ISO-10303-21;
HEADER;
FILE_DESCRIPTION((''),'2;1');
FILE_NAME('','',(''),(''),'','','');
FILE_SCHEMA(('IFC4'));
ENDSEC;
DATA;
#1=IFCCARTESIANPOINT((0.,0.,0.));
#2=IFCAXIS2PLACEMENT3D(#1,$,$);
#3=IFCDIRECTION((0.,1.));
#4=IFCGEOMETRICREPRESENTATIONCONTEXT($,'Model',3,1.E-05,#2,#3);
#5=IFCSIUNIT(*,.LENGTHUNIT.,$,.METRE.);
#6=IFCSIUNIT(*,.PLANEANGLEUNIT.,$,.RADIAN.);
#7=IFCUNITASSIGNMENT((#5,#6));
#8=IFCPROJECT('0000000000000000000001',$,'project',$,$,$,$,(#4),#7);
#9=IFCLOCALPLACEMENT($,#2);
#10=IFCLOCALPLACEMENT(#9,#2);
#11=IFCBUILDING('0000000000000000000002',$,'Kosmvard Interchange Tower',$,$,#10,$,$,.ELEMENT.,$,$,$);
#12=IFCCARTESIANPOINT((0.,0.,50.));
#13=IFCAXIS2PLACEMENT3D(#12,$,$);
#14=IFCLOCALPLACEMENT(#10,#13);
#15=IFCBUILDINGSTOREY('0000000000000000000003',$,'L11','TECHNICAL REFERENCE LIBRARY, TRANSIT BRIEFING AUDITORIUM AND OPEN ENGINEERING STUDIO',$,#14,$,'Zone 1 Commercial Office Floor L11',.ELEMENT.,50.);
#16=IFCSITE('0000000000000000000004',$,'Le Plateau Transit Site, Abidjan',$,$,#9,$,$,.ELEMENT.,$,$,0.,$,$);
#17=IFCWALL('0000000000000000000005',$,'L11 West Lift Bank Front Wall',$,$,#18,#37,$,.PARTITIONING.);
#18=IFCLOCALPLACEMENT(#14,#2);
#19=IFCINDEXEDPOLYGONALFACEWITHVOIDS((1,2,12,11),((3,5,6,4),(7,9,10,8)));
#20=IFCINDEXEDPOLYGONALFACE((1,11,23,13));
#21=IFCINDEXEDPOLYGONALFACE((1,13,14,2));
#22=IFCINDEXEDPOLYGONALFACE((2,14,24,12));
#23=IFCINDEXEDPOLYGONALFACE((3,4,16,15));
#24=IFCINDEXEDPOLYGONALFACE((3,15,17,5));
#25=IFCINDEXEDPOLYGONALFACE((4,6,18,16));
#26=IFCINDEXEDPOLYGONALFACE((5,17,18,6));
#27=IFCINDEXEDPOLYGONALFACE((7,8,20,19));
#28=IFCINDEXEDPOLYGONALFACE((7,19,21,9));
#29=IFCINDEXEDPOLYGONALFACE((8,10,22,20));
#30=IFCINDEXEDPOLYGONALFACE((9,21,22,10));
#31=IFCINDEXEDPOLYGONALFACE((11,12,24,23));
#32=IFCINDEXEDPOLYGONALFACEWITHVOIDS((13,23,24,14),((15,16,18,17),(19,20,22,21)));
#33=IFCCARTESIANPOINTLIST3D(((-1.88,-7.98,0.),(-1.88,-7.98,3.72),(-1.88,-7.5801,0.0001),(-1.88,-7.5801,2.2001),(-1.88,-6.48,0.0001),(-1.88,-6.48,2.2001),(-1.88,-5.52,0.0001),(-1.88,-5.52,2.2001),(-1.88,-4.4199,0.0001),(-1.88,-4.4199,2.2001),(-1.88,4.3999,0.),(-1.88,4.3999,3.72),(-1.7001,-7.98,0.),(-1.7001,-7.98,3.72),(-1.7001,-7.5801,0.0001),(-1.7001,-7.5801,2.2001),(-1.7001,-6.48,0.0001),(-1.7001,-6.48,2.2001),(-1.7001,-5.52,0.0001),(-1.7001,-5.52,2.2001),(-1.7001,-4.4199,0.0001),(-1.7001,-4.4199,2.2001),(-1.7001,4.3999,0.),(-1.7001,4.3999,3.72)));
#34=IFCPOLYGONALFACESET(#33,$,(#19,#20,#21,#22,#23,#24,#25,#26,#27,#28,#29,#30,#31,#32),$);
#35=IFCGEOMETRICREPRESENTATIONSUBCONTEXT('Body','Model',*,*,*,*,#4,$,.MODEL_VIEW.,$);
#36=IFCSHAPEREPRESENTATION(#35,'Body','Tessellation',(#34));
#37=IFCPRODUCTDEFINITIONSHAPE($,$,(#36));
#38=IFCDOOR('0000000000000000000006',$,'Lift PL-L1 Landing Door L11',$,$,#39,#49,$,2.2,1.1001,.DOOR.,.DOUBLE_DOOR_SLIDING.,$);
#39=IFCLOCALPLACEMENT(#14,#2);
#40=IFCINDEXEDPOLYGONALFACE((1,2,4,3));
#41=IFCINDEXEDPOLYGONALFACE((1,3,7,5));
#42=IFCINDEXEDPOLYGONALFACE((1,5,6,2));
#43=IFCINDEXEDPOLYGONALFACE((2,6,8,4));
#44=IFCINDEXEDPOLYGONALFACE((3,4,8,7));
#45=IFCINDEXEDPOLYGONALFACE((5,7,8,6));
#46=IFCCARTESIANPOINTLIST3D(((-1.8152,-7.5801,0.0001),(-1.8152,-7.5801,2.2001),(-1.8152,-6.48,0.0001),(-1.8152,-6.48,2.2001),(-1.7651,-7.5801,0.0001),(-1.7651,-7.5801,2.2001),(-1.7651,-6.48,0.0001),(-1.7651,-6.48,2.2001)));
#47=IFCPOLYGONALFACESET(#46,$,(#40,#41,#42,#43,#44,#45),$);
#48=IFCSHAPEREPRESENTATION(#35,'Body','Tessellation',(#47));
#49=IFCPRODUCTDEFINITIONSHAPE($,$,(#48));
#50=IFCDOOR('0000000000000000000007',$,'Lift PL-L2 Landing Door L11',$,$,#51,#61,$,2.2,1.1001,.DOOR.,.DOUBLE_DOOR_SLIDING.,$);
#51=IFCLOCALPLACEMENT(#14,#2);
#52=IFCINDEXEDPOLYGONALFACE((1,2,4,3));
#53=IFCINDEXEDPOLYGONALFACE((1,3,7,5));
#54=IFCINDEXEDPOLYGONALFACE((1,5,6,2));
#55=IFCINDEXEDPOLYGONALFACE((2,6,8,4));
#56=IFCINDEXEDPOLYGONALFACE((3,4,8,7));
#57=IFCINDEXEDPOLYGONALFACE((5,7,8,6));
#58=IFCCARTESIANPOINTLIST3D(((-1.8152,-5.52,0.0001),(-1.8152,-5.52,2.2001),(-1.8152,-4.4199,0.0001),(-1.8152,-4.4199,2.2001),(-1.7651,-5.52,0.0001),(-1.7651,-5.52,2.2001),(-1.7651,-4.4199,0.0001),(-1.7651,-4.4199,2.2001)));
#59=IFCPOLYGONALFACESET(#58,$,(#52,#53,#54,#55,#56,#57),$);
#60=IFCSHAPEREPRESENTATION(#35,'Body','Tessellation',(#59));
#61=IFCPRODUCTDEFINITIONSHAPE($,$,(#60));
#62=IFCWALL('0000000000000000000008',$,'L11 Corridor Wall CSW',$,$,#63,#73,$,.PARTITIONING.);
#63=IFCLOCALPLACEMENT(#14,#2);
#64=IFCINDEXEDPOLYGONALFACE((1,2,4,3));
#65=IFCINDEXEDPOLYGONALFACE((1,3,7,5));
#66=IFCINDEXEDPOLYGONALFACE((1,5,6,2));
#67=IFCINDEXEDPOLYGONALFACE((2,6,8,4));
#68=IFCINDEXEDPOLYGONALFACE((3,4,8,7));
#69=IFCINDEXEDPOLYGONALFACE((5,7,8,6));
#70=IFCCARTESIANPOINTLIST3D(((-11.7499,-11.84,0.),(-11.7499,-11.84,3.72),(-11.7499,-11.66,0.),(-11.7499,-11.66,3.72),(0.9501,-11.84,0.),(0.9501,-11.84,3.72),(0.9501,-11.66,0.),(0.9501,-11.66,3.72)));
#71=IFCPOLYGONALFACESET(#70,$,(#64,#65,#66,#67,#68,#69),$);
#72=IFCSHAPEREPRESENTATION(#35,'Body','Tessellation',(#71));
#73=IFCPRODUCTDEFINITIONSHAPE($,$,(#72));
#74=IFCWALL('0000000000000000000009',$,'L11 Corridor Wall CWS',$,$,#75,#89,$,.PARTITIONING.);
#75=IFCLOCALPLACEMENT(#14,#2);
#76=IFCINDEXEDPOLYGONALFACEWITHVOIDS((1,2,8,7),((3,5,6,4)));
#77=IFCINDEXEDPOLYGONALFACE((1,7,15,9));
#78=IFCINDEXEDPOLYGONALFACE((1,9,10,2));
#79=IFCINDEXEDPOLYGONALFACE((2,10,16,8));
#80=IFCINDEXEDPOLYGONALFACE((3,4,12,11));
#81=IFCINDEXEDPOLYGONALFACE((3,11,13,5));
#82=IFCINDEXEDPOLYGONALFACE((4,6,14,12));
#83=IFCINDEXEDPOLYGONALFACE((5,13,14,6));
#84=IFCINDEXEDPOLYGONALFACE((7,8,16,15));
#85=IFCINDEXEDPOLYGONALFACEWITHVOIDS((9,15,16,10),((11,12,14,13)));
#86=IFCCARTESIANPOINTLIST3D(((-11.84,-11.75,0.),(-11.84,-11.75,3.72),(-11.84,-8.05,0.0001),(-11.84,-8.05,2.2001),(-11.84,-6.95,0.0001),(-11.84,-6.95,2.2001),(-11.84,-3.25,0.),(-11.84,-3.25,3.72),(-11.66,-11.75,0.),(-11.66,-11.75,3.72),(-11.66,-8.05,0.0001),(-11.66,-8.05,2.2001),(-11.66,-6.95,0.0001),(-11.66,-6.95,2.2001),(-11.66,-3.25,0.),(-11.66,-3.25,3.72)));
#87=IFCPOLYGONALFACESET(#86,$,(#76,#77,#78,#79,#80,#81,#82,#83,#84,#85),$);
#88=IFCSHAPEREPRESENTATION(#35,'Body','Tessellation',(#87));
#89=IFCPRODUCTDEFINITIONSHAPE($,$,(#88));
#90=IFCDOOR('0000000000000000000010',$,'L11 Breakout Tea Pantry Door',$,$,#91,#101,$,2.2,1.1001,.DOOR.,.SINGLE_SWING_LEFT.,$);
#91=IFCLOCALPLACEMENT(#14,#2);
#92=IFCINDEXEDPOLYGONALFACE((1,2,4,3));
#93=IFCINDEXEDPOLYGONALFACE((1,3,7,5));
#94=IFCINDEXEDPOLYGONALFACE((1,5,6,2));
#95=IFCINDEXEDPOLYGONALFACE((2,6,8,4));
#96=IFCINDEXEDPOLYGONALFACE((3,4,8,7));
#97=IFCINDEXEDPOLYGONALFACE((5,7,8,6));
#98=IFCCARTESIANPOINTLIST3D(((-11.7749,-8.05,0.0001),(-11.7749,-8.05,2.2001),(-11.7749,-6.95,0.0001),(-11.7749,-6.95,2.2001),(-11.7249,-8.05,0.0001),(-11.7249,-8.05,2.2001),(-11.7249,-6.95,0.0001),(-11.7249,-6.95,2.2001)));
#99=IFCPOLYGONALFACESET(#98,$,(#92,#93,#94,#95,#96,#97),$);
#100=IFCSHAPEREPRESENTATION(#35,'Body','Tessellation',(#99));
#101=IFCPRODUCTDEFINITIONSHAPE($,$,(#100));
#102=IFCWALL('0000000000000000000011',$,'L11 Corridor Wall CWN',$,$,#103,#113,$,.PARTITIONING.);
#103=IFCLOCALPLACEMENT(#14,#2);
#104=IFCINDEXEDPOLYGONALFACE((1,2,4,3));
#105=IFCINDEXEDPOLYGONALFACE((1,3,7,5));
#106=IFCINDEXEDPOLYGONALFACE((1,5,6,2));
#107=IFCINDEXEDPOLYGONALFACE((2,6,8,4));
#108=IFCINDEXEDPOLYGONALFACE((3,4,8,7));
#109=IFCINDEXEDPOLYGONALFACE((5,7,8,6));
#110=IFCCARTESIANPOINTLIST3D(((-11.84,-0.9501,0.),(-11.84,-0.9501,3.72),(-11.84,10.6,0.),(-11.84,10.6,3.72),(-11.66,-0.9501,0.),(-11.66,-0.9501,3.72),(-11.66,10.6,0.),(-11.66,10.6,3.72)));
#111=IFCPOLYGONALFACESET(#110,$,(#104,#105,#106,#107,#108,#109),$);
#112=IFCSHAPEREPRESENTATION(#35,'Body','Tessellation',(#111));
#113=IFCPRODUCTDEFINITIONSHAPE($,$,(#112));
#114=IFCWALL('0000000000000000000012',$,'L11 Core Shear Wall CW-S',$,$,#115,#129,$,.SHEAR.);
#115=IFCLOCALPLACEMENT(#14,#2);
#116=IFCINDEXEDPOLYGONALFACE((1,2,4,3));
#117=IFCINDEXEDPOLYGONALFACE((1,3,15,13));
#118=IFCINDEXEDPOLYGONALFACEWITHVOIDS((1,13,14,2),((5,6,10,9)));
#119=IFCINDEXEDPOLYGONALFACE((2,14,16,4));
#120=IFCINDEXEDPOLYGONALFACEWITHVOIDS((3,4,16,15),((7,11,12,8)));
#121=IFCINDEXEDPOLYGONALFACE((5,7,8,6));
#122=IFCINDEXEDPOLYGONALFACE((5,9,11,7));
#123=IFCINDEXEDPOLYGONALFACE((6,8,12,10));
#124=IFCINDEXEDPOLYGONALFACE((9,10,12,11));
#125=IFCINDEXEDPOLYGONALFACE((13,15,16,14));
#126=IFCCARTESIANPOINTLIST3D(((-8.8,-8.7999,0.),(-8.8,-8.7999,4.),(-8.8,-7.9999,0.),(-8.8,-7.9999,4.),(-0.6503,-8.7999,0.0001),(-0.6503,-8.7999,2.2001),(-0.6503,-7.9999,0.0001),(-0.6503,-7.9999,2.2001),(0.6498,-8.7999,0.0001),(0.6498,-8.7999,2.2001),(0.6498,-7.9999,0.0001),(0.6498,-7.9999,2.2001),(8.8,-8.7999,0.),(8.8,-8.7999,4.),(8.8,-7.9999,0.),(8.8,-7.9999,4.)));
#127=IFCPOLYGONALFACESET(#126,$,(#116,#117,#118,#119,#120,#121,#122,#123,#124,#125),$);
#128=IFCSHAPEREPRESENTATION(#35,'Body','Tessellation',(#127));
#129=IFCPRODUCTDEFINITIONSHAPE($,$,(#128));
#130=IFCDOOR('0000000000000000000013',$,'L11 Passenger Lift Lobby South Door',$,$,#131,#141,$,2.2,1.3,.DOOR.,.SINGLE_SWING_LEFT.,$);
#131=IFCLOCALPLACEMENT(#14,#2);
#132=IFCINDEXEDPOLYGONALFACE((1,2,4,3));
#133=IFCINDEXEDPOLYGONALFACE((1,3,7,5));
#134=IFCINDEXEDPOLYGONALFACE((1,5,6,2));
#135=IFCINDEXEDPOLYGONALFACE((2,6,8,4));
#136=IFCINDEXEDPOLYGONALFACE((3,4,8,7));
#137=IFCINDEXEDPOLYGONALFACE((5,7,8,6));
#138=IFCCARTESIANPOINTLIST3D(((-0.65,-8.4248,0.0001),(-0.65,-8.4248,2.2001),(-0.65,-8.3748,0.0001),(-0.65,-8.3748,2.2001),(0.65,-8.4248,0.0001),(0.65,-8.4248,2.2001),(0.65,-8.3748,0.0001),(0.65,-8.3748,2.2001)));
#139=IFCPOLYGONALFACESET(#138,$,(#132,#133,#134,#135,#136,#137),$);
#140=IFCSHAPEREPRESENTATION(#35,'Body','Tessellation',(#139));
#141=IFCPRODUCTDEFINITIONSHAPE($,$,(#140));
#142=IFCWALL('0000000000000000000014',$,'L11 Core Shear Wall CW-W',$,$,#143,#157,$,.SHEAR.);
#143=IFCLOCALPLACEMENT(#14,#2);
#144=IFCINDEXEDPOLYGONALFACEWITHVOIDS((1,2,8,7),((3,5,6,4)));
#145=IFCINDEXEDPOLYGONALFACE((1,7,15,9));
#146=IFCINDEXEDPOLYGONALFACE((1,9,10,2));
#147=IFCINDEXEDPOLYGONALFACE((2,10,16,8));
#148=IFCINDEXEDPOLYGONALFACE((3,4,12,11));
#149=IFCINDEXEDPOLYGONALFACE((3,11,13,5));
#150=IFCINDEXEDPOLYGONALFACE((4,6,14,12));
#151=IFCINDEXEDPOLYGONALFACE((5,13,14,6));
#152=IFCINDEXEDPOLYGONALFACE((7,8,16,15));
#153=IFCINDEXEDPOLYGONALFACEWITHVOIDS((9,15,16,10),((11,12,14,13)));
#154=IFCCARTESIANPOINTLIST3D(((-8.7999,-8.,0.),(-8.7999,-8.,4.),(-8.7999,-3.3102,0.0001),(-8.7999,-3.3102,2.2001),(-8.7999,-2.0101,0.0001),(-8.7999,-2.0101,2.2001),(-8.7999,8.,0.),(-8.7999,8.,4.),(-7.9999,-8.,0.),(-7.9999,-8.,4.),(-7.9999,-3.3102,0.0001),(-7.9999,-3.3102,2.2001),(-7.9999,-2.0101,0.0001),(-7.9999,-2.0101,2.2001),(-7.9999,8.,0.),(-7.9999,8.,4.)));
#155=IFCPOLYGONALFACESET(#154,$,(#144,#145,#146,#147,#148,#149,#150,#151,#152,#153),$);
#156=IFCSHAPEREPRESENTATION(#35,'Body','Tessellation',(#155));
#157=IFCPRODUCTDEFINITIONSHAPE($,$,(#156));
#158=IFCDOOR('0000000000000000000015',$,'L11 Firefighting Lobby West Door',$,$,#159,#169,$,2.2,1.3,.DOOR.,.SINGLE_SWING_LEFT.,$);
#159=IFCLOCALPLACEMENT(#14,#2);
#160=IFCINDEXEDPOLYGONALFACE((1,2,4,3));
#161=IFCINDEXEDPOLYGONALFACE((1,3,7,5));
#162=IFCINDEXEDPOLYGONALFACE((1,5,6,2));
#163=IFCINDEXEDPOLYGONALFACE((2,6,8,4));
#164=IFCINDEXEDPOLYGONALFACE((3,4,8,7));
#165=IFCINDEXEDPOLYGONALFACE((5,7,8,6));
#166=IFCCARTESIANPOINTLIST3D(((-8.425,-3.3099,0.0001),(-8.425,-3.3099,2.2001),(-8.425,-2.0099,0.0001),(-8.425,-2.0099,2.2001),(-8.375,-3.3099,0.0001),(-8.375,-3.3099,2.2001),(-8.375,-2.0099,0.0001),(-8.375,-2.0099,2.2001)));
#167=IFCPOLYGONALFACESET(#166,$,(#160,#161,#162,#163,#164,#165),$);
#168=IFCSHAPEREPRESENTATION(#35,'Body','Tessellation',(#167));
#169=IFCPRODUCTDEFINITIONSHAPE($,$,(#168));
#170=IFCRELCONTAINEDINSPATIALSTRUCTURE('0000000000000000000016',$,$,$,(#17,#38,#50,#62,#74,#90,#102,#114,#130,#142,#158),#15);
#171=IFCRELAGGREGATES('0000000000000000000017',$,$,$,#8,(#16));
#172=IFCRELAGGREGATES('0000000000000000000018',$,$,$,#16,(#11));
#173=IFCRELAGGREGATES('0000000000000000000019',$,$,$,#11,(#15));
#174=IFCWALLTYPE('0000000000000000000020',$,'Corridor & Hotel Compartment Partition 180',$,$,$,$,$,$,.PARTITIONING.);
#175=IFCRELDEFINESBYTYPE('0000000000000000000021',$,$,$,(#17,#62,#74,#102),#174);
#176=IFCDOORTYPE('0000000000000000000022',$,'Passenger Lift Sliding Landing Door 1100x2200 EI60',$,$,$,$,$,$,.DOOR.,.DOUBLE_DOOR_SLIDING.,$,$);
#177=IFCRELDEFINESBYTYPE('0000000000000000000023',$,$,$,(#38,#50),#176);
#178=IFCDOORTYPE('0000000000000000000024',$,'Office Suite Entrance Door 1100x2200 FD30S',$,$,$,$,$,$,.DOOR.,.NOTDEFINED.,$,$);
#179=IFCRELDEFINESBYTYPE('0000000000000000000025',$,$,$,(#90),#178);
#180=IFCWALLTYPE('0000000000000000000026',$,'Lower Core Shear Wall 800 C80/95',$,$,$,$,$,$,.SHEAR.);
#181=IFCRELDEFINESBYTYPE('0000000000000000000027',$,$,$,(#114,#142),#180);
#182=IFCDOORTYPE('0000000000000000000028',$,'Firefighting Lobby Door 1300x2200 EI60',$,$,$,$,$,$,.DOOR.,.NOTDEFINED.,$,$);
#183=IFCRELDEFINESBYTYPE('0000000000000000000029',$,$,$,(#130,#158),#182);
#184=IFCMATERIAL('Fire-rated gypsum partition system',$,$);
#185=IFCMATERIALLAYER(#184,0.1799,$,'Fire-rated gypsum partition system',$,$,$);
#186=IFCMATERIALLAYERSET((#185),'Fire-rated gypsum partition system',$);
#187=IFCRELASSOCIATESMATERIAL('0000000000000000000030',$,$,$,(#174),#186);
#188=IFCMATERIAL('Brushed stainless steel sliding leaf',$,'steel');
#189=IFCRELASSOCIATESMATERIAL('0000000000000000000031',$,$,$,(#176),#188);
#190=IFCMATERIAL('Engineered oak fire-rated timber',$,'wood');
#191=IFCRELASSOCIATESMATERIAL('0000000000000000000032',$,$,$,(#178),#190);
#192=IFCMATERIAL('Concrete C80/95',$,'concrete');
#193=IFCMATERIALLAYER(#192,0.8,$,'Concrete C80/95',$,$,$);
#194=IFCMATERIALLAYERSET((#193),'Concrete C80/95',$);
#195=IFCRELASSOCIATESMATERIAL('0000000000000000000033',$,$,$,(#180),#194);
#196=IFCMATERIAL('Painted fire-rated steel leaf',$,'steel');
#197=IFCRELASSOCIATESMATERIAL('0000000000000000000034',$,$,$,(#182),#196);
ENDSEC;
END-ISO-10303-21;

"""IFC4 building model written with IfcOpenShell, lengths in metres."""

from ifc_helpers import new_model, si_unit, direction, frame, frame_2d, origin, place, context, subcontext, project, spatial, rectangle, extrude, source, transform, mapped, material, layer, layer_set, type_object, element, fill, save


model = new_model("IFC4")

# Units and contexts
model_context = context("Model", 3, precision=1e-05, world=origin(), true_north=direction((0.0, 1.0)))
body_context = subcontext(model_context, "Body", "Model", "MODEL_VIEW")
ifc_project = project(units=[si_unit("LENGTHUNIT", "METRE"), si_unit("PLANEANGLEUNIT", "RADIAN")], contexts=[model_context])

# Site, building, storey
site_placement = place(None, origin())
site = spatial("IfcSite", under=ifc_project, at=site_placement, Name="Le Plateau Transit Site, Abidjan", CompositionType="ELEMENT", RefElevation=0.0)
building_placement = place(site_placement, origin())
building = spatial("IfcBuilding", under=site, at=building_placement, Name="Kosmvard Interchange Tower", CompositionType="ELEMENT")
storey_placement = place(building_placement, frame((0.0, 0.0, 50.0)))
storey = spatial("IfcBuildingStorey", under=building, at=storey_placement, Name="L11", Description="TECHNICAL REFERENCE LIBRARY, TRANSIT BRIEFING AUDITORIUM AND OPEN ENGINEERING STUDIO", LongName="Zone 1 Commercial Office Floor L11", CompositionType="ELEMENT", Elevation=50.0)

# Shared definitions
ifc_material_1 = material(Name="Concrete C80/95", Category="concrete")

# Wall, openings, doors
ifc_material_2 = material(Name="Fire-rated gypsum partition system")
ifc_layer_1 = layer(ifc_material_2, 0.1799, Name="Fire-rated gypsum partition system")
ifc_layer_set_1 = layer_set([ifc_layer_1], Name="Fire-rated gypsum partition system")
wall_type_1 = type_object("IfcWallType", Name="Corridor & Hotel Compartment Partition 180", PredefinedType="PARTITIONING", material=ifc_layer_set_1)
wall_1_placement = place(storey_placement, frame((-1.79, -7.98, 0.0), z_axis=(0.0, 0.0, 1.0), x_axis=(0.0, 1.0, 0.0)))
wall_1 = element("IfcWall", 1, at=wall_1_placement, inside=storey, type_object=wall_type_1, Name="L11 West Lift Bank Front Wall", PredefinedType="PARTITIONING", context=body_context, shape_type="SweptSolid", body=[
    extrude(rectangle(XDim=12.3799, YDim=0.1799, at=frame_2d((6.1899, 0.0))), origin(), (0.0, 0.0, 1.0), 3.72),
])
opening_1_placement = place(wall_1_placement, frame((0.3999, 0.0, 0.0)))
opening_1 = element("IfcOpeningElement", 2, at=opening_1_placement, cuts=wall_1, PredefinedType="OPENING", context=body_context, shape_type="SweptSolid", body=[
    extrude(rectangle(XDim=1.1001, YDim=2.2, at=frame_2d((0.55, 1.1001))), frame((0.0, 0.1001, 0.0), z_axis=(0.0, -1.0, 0.0), x_axis=(1.0, 0.0, 0.0)), (0.0, 0.0, 1.0), 0.2),
])
opening_2_placement = place(wall_1_placement, frame((2.46, 0.0, 0.0)))
opening_2 = element("IfcOpeningElement", 3, at=opening_2_placement, cuts=wall_1, PredefinedType="OPENING", context=body_context, shape_type="SweptSolid", body=[
    extrude(rectangle(XDim=1.1001, YDim=2.2, at=frame_2d((0.55, 1.1001))), frame((0.0, 0.1001, 0.0), z_axis=(0.0, -1.0, 0.0), x_axis=(1.0, 0.0, 0.0)), (0.0, 0.0, 1.0), 0.2),
])
ifc_material_3 = material(Name="Brushed stainless steel sliding leaf", Category="steel")
door_type_1 = type_object("IfcDoorType", Name="Passenger Lift Sliding Landing Door 1100x2200 EI60", OperationType="DOUBLE_DOOR_SLIDING", PredefinedType="DOOR", material=ifc_material_3)
shared_shape_1 = source(origin(), body_context, "Body", "SweptSolid", [
    extrude(rectangle(XDim=1.1001, YDim=2.2, at=frame_2d((0.55, 1.1001))), frame((0.0, 0.0249, 0.0), z_axis=(0.0, -1.0, 0.0), x_axis=(1.0, 0.0, 0.0)), (0.0, 0.0, 1.0), 0.05),
])
door_1_placement = place(opening_1_placement, frame((1.1001, 0.0, 0.0), z_axis=(0.0, 0.0, 1.0), x_axis=(-1.0, 0.0, 0.0)))
door_1 = element("IfcDoor", 4, at=door_1_placement, inside=storey, type_object=door_type_1, Name="Lift PL-L1 Landing Door L11", OperationType="DOUBLE_DOOR_SLIDING", OverallHeight=2.2, OverallWidth=1.1001, PredefinedType="DOOR", context=body_context, shape_type="MappedRepresentation", body=[
    mapped(shared_shape_1, transform((0.0, 0.0, 0.0), scale=1.0)),
])
fill(opening_1, door_1)
door_2_placement = place(opening_2_placement, frame((1.1001, 0.0, 0.0), z_axis=(0.0, 0.0, 1.0), x_axis=(-1.0, 0.0, 0.0)))
door_2 = element("IfcDoor", 5, at=door_2_placement, inside=storey, type_object=door_type_1, Name="Lift PL-L2 Landing Door L11", OperationType="DOUBLE_DOOR_SLIDING", OverallHeight=2.2, OverallWidth=1.1001, PredefinedType="DOOR", context=body_context, shape_type="MappedRepresentation", body=[
    mapped(shared_shape_1, transform((0.0, 0.0, 0.0), scale=1.0)),
])
fill(opening_2, door_2)

# Wall
wall_2_placement = place(storey_placement, frame((-11.75, -11.75, 0.0), z_axis=(0.0, 0.0, 1.0), x_axis=(1.0, 0.0, 0.0)))
element("IfcWall", 6, at=wall_2_placement, inside=storey, type_object=wall_type_1, Name="L11 Corridor Wall CSW", PredefinedType="PARTITIONING", context=body_context, shape_type="SweptSolid", body=[
    extrude(rectangle(XDim=12.7, YDim=0.1799, at=frame_2d((6.3501, 0.0))), origin(), (0.0, 0.0, 1.0), 3.72),
])

# Wall, opening, door
wall_3_placement = place(storey_placement, frame((-11.75, -11.75, 0.0), z_axis=(0.0, 0.0, 1.0), x_axis=(0.0, 1.0, 0.0)))
wall_3 = element("IfcWall", 7, at=wall_3_placement, inside=storey, type_object=wall_type_1, Name="L11 Corridor Wall CWS", PredefinedType="PARTITIONING", context=body_context, shape_type="SweptSolid", body=[
    extrude(rectangle(XDim=8.5, YDim=0.1799, at=frame_2d((4.25, 0.0))), origin(), (0.0, 0.0, 1.0), 3.72),
])
opening_3_placement = place(wall_3_placement, frame((3.7, 0.0, 0.0)))
opening_3 = element("IfcOpeningElement", 8, at=opening_3_placement, cuts=wall_3, PredefinedType="OPENING", context=body_context, shape_type="SweptSolid", body=[
    extrude(rectangle(XDim=1.1001, YDim=2.2, at=frame_2d((0.55, 1.1001))), frame((0.0, 0.1001, 0.0), z_axis=(0.0, -1.0, 0.0), x_axis=(1.0, 0.0, 0.0)), (0.0, 0.0, 1.0), 0.2),
])
ifc_material_4 = material(Name="Engineered oak fire-rated timber", Category="wood")
door_type_2 = type_object("IfcDoorType", Name="Office Suite Entrance Door 1100x2200 FD30S", OperationType="NOTDEFINED", PredefinedType="DOOR", material=ifc_material_4)
door_3_placement = place(opening_3_placement, origin())
door_3 = element("IfcDoor", 9, at=door_3_placement, inside=storey, type_object=door_type_2, Name="L11 Breakout Tea Pantry Door", OperationType="SINGLE_SWING_LEFT", OverallHeight=2.2, OverallWidth=1.1001, PredefinedType="DOOR", context=body_context, shape_type="MappedRepresentation", body=[
    mapped(shared_shape_1, transform((0.0, 0.0, 0.0), scale=1.0)),
])
fill(opening_3, door_3)

# Wall
wall_4_placement = place(storey_placement, frame((-11.75, -0.95, 0.0), z_axis=(0.0, 0.0, 1.0), x_axis=(0.0, 1.0, 0.0)))
element("IfcWall", 10, at=wall_4_placement, inside=storey, type_object=wall_type_1, Name="L11 Corridor Wall CWN", PredefinedType="PARTITIONING", context=body_context, shape_type="SweptSolid", body=[
    extrude(rectangle(XDim=11.55, YDim=0.1799, at=frame_2d((5.7749, 0.0))), origin(), (0.0, 0.0, 1.0), 3.72),
])

# Walls, openings, doors
ifc_layer_2 = layer(ifc_material_1, 0.8, Name="Concrete C80/95")
ifc_layer_set_2 = layer_set([ifc_layer_2], Name="Concrete C80/95")
wall_type_2 = type_object("IfcWallType", Name="Lower Core Shear Wall 800 C80/95", PredefinedType="SHEAR", material=ifc_layer_set_2)
wall_5_placement = place(storey_placement, frame((-8.8, -8.3999, 0.0), z_axis=(0.0, 0.0, 1.0), x_axis=(1.0, 0.0, 0.0)))
wall_5 = element("IfcWall", 11, at=wall_5_placement, inside=storey, type_object=wall_type_2, Name="L11 Core Shear Wall CW-S", PredefinedType="SHEAR", context=body_context, shape_type="SweptSolid", body=[
    extrude(rectangle(XDim=17.6001, YDim=0.8, at=frame_2d((8.8, 0.0))), origin(), (0.0, 0.0, 1.0), 4.0),
])
opening_4_placement = place(wall_5_placement, frame((8.1499, 0.0, 0.0)))
opening_4 = element("IfcOpeningElement", 12, at=opening_4_placement, cuts=wall_5, PredefinedType="OPENING", context=body_context, shape_type="SweptSolid", body=[
    extrude(rectangle(XDim=1.3, YDim=2.2, at=frame_2d((0.6499, 1.1001))), frame((0.0, 0.4102, 0.0), z_axis=(0.0, -1.0, 0.0), x_axis=(1.0, 0.0, 0.0)), (0.0, 0.0, 1.0), 0.8201),
])
ifc_material_5 = material(Name="Painted fire-rated steel leaf", Category="steel")
door_type_3 = type_object("IfcDoorType", Name="Firefighting Lobby Door 1300x2200 EI60", OperationType="NOTDEFINED", PredefinedType="DOOR", material=ifc_material_5)
shared_shape_2 = source(origin(), body_context, "Body", "SweptSolid", [
    extrude(rectangle(XDim=1.3, YDim=2.2, at=frame_2d((0.6499, 1.1001))), frame((0.0, 0.0249, 0.0), z_axis=(0.0, -1.0, 0.0), x_axis=(1.0, 0.0, 0.0)), (0.0, 0.0, 1.0), 0.05),
])
door_4_placement = place(opening_4_placement, frame((1.3, 0.0, 0.0), z_axis=(0.0, 0.0, 1.0), x_axis=(-1.0, 0.0, 0.0)))
door_4 = element("IfcDoor", 13, at=door_4_placement, inside=storey, type_object=door_type_3, Name="L11 Passenger Lift Lobby South Door", OperationType="SINGLE_SWING_LEFT", OverallHeight=2.2, OverallWidth=1.3, PredefinedType="DOOR", context=body_context, shape_type="MappedRepresentation", body=[
    mapped(shared_shape_2, transform((0.0, 0.0, 0.0), scale=1.0)),
])
fill(opening_4, door_4)
wall_6_placement = place(storey_placement, frame((-8.3999, -8.0, 0.0), z_axis=(0.0, 0.0, 1.0), x_axis=(0.0, 1.0, 0.0)))
wall_6 = element("IfcWall", 14, at=wall_6_placement, inside=storey, type_object=wall_type_2, Name="L11 Core Shear Wall CW-W", PredefinedType="SHEAR", context=body_context, shape_type="SweptSolid", body=[
    extrude(rectangle(XDim=16.0, YDim=0.8, at=frame_2d((8.0, 0.0))), origin(), (0.0, 0.0, 1.0), 4.0),
])
opening_5_placement = place(wall_6_placement, frame((4.6899, 0.0, 0.0)))
opening_5 = element("IfcOpeningElement", 15, at=opening_5_placement, cuts=wall_6, PredefinedType="OPENING", context=body_context, shape_type="SweptSolid", body=[
    extrude(rectangle(XDim=1.3, YDim=2.2, at=frame_2d((0.6499, 1.1001))), frame((0.0, 0.4102, 0.0), z_axis=(0.0, -1.0, 0.0), x_axis=(1.0, 0.0, 0.0)), (0.0, 0.0, 1.0), 0.8201),
])
door_5_placement = place(opening_5_placement, frame((1.3, 0.0, 0.0), z_axis=(0.0, 0.0, 1.0), x_axis=(-1.0, 0.0, 0.0)))
door_5 = element("IfcDoor", 16, at=door_5_placement, inside=storey, type_object=door_type_3, Name="L11 Firefighting Lobby West Door", OperationType="SINGLE_SWING_LEFT", OverallHeight=2.2, OverallWidth=1.3, PredefinedType="DOOR", context=body_context, shape_type="MappedRepresentation", body=[
    mapped(shared_shape_2, transform((0.0, 0.0, 0.0), scale=1.0)),
])
fill(opening_5, door_5)

save(model, "model.ifc")
